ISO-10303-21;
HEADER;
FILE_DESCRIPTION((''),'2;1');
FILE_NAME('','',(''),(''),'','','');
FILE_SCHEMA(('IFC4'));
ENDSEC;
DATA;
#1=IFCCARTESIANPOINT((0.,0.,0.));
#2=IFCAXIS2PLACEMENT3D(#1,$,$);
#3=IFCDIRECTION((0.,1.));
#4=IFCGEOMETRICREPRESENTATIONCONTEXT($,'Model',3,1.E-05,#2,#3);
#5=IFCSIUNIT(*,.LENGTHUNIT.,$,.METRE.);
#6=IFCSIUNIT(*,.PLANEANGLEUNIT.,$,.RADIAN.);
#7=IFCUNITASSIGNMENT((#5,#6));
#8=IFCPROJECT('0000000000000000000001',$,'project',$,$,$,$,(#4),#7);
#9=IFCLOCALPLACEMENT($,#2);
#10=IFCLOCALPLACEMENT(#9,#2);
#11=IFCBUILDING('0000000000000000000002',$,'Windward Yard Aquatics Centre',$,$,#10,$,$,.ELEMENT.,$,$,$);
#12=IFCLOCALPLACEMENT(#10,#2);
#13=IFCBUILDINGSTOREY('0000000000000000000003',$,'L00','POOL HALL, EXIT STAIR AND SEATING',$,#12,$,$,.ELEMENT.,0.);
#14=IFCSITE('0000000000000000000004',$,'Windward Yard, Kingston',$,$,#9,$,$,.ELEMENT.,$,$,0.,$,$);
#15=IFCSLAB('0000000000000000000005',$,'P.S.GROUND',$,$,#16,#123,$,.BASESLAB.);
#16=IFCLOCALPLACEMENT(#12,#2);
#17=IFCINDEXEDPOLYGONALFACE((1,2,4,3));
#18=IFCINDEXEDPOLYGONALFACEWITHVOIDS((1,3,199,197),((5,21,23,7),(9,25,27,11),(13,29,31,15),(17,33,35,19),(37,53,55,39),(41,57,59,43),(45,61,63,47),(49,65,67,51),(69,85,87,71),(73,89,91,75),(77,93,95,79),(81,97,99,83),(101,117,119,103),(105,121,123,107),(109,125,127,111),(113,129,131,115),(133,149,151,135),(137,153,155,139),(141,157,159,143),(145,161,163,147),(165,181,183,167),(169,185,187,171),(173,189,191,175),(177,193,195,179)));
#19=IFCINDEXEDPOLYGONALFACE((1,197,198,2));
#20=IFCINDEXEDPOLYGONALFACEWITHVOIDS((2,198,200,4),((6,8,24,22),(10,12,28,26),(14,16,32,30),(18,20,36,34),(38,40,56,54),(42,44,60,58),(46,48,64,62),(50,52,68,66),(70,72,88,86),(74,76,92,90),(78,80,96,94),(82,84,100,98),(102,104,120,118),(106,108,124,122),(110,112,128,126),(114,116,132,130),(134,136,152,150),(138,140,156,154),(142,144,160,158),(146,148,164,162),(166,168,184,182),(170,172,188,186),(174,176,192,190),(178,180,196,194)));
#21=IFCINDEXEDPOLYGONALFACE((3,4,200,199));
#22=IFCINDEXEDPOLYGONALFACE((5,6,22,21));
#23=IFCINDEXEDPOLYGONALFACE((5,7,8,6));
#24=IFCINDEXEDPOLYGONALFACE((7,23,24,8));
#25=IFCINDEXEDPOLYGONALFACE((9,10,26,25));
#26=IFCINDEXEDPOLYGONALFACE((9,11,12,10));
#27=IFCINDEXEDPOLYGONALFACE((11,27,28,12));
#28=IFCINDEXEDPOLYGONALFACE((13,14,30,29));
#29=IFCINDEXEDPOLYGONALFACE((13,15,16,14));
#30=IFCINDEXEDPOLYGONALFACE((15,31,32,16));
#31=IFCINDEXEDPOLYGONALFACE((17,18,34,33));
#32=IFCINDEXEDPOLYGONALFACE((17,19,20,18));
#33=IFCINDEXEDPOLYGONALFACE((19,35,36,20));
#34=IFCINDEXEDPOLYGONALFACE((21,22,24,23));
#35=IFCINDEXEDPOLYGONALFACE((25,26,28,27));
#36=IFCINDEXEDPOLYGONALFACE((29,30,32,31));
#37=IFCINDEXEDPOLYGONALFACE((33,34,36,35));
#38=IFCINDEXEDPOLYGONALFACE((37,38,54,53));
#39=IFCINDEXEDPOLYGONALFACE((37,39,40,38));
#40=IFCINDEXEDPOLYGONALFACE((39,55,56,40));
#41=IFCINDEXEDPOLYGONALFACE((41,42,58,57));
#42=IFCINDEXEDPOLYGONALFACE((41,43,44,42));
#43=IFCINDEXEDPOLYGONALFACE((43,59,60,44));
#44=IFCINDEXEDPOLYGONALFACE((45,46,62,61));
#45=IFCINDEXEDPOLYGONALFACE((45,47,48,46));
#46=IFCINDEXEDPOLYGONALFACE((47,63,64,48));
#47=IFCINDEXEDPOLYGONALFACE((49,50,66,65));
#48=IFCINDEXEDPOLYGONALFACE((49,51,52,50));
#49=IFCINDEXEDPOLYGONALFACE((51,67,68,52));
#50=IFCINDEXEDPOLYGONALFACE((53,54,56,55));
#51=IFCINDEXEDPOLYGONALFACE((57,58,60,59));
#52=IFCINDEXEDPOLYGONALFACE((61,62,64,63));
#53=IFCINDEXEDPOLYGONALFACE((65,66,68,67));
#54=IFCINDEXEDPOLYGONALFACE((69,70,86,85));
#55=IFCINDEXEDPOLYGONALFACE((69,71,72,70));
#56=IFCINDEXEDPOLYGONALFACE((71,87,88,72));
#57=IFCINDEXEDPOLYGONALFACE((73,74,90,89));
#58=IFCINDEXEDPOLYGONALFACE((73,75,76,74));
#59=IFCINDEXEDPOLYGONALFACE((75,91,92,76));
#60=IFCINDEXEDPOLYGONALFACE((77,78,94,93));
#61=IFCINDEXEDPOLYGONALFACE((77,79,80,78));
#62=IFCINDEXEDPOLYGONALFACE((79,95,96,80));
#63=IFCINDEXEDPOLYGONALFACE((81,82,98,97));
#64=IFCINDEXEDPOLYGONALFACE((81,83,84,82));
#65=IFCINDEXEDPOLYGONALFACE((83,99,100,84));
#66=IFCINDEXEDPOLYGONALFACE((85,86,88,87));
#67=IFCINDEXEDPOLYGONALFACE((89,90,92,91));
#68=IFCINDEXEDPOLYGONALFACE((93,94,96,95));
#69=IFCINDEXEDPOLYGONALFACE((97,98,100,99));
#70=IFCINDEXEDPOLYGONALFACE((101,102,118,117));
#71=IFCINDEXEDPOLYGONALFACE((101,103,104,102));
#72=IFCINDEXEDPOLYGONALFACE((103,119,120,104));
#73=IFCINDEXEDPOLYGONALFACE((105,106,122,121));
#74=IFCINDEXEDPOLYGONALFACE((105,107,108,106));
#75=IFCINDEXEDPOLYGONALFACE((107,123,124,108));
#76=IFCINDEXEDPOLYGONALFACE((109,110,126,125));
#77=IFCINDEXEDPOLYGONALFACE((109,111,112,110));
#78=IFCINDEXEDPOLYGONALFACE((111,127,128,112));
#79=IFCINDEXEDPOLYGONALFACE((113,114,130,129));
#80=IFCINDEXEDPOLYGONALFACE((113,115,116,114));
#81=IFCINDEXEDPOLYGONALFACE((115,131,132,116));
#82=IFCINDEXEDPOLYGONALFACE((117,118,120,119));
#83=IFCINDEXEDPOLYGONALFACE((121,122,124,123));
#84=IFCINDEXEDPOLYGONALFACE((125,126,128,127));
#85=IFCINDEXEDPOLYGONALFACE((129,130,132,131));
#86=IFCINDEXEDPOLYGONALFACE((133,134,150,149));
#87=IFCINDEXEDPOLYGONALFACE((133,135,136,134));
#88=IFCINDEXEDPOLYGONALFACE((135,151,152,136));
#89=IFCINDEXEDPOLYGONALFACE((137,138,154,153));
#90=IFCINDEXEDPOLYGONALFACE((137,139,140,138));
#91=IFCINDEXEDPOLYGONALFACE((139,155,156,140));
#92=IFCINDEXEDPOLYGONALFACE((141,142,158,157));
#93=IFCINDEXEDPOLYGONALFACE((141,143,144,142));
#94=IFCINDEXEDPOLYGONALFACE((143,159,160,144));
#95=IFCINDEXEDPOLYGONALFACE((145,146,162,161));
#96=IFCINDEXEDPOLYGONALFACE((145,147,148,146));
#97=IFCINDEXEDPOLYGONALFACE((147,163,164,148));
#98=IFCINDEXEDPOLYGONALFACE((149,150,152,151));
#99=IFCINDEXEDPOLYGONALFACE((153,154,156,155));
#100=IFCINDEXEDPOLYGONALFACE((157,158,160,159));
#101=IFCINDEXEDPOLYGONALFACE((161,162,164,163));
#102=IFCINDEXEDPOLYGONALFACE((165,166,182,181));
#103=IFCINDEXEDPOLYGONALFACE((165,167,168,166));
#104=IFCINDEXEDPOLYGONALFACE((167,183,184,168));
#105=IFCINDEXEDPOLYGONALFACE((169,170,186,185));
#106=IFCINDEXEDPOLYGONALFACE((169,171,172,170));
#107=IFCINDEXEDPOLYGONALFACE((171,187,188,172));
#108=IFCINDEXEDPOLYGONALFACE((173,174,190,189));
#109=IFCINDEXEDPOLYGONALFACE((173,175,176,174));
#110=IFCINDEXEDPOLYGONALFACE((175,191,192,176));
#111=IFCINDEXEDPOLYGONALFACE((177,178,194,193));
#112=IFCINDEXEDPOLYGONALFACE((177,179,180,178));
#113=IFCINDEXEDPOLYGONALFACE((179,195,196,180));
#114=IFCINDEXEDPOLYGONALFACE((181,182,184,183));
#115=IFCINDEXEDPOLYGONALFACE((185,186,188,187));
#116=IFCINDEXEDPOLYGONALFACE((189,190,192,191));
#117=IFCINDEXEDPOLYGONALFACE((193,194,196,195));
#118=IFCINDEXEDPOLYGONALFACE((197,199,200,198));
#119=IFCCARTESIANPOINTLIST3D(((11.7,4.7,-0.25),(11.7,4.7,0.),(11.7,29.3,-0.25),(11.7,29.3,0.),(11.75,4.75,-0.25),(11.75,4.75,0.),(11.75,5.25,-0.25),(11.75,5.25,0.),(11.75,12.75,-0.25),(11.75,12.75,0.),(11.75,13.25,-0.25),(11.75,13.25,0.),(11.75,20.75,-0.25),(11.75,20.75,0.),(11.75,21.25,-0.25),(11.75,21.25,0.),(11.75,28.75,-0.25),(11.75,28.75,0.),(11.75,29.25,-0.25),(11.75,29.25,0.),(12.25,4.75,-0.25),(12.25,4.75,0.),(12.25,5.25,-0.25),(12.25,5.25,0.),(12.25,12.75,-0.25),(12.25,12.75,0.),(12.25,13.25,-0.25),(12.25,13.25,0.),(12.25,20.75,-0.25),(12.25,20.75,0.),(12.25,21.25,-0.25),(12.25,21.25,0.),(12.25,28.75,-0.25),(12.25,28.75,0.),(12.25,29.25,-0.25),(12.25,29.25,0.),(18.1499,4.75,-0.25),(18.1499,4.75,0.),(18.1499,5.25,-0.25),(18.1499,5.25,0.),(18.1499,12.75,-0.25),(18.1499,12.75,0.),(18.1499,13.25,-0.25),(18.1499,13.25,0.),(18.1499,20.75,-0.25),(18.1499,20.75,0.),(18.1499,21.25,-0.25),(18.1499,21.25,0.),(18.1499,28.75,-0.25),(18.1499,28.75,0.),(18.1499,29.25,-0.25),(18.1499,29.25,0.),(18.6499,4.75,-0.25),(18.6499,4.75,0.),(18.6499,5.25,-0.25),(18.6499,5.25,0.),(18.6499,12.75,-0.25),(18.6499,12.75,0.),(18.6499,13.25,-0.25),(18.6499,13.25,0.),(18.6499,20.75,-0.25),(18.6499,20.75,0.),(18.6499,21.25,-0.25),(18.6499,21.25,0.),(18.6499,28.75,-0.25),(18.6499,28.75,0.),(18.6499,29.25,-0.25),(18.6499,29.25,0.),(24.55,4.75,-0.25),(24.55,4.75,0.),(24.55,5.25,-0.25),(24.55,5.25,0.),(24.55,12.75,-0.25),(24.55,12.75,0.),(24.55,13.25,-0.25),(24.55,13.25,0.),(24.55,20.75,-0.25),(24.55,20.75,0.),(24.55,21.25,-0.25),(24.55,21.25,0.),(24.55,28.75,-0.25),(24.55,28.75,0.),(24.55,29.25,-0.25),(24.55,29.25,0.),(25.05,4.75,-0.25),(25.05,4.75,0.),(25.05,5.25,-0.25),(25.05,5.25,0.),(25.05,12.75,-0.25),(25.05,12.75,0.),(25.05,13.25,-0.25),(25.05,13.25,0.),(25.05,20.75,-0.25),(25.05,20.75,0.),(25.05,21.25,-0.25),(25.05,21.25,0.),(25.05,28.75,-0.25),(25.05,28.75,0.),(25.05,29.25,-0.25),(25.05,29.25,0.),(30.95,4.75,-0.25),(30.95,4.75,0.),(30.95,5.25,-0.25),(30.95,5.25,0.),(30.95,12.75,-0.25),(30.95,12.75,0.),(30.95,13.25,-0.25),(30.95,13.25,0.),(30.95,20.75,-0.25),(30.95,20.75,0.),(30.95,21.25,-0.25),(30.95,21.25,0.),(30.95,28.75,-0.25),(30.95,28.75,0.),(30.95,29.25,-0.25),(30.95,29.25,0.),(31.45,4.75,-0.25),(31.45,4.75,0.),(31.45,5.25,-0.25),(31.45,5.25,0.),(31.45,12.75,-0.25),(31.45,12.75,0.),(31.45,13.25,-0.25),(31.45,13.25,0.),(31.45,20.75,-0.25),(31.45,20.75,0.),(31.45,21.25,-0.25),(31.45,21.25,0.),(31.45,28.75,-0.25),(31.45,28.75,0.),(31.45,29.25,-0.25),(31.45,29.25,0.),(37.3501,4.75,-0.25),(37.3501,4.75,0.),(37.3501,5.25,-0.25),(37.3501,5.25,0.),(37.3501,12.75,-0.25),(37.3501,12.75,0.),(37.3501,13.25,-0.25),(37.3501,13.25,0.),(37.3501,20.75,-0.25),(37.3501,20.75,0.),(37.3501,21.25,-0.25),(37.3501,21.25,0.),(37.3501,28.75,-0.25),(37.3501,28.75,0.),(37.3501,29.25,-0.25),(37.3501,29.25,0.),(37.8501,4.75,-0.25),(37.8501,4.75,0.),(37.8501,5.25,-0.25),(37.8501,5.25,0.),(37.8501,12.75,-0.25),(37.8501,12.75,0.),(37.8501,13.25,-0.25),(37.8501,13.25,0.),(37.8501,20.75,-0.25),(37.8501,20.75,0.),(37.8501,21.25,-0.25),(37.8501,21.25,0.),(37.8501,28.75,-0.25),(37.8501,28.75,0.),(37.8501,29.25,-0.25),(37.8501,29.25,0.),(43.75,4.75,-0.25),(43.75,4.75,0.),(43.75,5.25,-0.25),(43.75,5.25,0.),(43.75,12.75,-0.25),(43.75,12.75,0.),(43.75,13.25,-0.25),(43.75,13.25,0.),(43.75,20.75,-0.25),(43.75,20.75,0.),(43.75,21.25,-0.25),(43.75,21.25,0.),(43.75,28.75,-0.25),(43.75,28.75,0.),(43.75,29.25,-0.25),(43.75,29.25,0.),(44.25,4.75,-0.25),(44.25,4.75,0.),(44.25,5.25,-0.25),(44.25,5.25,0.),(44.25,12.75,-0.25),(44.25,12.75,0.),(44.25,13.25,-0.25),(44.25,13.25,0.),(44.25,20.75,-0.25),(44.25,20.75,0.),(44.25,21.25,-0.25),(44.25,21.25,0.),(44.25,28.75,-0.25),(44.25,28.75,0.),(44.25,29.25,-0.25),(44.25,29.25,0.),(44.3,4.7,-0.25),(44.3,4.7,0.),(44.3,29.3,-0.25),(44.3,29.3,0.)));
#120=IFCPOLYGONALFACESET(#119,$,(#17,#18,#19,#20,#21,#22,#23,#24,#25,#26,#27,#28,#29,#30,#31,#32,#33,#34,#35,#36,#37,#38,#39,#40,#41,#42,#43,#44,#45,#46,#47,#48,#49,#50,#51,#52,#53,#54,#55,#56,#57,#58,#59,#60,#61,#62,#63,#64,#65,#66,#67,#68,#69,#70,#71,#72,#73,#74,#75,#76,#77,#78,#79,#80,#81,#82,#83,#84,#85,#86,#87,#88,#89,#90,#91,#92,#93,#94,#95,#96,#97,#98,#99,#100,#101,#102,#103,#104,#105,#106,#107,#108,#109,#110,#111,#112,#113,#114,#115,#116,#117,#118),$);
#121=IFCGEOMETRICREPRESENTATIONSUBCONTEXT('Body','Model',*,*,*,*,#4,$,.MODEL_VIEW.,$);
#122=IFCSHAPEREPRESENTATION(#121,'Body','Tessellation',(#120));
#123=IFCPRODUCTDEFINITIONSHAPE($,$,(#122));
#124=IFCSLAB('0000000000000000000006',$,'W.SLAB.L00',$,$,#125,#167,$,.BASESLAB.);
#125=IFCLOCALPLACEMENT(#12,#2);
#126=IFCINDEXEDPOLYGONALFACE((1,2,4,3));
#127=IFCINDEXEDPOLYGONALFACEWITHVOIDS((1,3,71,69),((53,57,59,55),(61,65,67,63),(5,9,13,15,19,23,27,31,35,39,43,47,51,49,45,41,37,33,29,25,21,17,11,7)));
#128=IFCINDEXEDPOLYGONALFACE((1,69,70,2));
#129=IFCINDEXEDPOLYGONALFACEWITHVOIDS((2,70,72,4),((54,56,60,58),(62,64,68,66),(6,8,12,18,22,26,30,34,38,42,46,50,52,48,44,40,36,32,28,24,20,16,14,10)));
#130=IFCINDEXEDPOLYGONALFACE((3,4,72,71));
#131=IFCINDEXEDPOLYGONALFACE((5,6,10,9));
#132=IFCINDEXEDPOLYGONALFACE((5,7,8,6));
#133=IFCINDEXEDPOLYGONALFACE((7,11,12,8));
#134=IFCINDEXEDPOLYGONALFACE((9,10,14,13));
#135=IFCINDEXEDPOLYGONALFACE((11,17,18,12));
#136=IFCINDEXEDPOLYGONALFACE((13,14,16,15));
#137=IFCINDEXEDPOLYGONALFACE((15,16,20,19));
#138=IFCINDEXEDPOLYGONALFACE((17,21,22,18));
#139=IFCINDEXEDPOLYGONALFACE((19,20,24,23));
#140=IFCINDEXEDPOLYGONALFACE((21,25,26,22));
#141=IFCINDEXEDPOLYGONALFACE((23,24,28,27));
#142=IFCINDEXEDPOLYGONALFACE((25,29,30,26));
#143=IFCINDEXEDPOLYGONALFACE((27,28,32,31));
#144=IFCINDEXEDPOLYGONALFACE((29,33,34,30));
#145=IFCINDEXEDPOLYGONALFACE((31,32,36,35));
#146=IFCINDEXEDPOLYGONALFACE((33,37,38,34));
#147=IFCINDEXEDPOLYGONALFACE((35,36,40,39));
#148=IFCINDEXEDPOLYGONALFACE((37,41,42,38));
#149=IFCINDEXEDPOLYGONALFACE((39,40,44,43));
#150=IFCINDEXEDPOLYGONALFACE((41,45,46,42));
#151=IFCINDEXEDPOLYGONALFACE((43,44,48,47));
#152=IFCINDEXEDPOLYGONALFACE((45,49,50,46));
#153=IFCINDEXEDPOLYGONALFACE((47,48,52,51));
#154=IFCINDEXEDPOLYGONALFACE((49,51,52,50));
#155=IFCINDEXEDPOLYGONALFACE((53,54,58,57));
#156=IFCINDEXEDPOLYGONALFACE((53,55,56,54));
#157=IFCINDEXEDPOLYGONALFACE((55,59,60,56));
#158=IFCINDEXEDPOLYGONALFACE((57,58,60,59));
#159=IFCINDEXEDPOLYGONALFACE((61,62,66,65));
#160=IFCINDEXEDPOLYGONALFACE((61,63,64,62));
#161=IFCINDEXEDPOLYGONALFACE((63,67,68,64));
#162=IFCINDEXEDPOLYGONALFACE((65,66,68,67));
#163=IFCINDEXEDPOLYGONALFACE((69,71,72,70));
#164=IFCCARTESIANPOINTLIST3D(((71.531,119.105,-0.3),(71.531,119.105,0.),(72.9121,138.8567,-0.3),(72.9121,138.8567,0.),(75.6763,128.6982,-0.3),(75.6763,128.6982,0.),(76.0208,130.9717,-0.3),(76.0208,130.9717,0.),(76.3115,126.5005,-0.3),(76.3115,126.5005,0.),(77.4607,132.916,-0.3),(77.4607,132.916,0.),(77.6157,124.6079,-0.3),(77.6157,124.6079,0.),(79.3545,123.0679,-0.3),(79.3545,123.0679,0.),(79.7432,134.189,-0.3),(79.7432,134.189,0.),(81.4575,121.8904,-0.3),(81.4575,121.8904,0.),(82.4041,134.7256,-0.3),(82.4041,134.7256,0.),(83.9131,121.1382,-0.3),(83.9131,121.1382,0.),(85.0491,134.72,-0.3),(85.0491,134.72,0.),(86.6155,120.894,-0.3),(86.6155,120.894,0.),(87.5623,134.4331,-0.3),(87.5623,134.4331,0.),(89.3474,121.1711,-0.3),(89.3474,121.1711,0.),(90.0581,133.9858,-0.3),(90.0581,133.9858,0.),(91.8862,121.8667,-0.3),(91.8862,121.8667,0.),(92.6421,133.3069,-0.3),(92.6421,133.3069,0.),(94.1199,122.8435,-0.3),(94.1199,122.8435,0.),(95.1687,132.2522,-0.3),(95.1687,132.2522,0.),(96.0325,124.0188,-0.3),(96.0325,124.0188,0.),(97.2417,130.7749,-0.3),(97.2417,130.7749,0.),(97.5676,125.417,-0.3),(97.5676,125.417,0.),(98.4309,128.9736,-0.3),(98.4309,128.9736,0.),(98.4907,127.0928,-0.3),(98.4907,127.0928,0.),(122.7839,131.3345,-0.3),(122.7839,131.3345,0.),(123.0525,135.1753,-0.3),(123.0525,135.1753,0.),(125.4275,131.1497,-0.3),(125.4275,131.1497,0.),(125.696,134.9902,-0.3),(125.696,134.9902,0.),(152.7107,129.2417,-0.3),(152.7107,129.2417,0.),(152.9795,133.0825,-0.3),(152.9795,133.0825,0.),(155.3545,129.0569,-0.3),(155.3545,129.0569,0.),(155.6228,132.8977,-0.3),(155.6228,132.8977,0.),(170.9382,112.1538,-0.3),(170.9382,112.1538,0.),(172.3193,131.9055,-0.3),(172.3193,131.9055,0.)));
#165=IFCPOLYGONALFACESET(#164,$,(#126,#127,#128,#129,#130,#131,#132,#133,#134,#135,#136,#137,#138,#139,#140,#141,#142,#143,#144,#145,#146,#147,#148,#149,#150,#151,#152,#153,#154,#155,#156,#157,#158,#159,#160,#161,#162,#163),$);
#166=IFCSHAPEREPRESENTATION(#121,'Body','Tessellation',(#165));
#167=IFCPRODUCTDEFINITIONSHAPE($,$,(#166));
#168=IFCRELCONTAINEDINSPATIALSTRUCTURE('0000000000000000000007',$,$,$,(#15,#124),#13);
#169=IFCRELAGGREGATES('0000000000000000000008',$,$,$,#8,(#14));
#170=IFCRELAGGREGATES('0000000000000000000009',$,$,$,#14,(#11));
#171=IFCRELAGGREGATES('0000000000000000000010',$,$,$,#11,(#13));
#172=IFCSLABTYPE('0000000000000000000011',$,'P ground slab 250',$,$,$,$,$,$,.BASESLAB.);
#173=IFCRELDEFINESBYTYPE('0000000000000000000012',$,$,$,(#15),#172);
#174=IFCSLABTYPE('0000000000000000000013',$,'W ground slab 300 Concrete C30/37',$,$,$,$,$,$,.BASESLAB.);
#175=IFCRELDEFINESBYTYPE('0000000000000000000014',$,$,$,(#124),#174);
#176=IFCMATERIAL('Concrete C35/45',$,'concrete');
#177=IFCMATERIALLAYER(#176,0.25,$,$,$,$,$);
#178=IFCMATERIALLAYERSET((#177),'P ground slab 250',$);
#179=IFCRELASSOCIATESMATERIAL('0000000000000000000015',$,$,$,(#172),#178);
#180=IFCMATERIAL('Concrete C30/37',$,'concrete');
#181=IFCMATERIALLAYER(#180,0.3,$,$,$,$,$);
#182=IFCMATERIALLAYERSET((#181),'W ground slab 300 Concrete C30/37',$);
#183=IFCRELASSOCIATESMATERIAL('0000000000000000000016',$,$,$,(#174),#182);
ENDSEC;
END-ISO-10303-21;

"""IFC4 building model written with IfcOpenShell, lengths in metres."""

from ifc_helpers import new_model, si_unit, direction, frame, origin, place, context, subcontext, project, spatial, polyline, outline, extrude, material, layer, layer_set, type_object, element, save


model = new_model("IFC4")

# Units and contexts
model_context = context("Model", 3, precision=1e-05, world=origin(), true_north=direction((0.0, 1.0)))
body_context = subcontext(model_context, "Body", "Model", "MODEL_VIEW")
ifc_project = project(units=[si_unit("LENGTHUNIT", "METRE"), si_unit("PLANEANGLEUNIT", "RADIAN")], contexts=[model_context])

# Site, building, storey
site_placement = place(None, origin())
site = spatial("IfcSite", under=ifc_project, at=site_placement, Name="Windward Yard, Kingston", CompositionType="ELEMENT", RefElevation=0.0)
building_placement = place(site_placement, origin())
building = spatial("IfcBuilding", under=site, at=building_placement, Name="Windward Yard Aquatics Centre", CompositionType="ELEMENT")
storey_placement = place(building_placement, origin())
storey = spatial("IfcBuildingStorey", under=building, at=storey_placement, Name="L00", Description="POOL HALL, EXIT STAIR AND SEATING", CompositionType="ELEMENT", Elevation=0.0)

# Slabs
ifc_material_1 = material(Name="Concrete C35/45", Category="concrete")
ifc_layer_1 = layer(ifc_material_1, 0.25)
ifc_layer_set_1 = layer_set([ifc_layer_1], Name="P ground slab 250")
slab_type_1 = type_object("IfcSlabType", Name="P ground slab 250", PredefinedType="BASESLAB", material=ifc_layer_set_1)
slab_1_placement = place(storey_placement, frame((0.0, 0.0, -0.25)))
element("IfcSlab", 1, at=slab_1_placement, inside=storey, type_object=slab_type_1, Name="P.S.GROUND", PredefinedType="BASESLAB", context=body_context, shape_type="SweptSolid", body=[
    extrude(outline(polyline([(11.7, 4.7), (44.3, 4.7), (44.3, 29.3), (11.7, 29.3), (11.7, 4.7)]), holes=[polyline([(11.75, 4.75), (11.75, 5.25), (12.25, 5.25), (12.25, 4.75), (11.75, 4.75)]), polyline([(18.1499, 4.75), (18.1499, 5.25), (18.6499, 5.25), (18.6499, 4.75), (18.1499, 4.75)]), polyline([(24.55, 4.75), (24.55, 5.25), (25.05, 5.25), (25.05, 4.75), (24.55, 4.75)]), polyline([(11.75, 12.75), (11.75, 13.25), (12.25, 13.25), (12.25, 12.75), (11.75, 12.75)]), polyline([(18.1499, 12.75), (18.1499, 13.25), (18.6499, 13.25), (18.6499, 12.75), (18.1499, 12.75)]), polyline([(24.55, 12.75), (24.55, 13.25), (25.05, 13.25), (25.05, 12.75), (24.55, 12.75)]), polyline([(11.75, 20.75), (11.75, 21.25), (12.25, 21.25), (12.25, 20.75), (11.75, 20.75)]), polyline([(18.1499, 20.75), (18.1499, 21.25), (18.6499, 21.25), (18.6499, 20.75), (18.1499, 20.75)]), polyline([(24.55, 20.75), (24.55, 21.25), (25.05, 21.25), (25.05, 20.75), (24.55, 20.75)]), polyline([(11.75, 28.75), (11.75, 29.25), (12.25, 29.25), (12.25, 28.75), (11.75, 28.75)]), polyline([(18.1499, 28.75), (18.1499, 29.25), (18.6499, 29.25), (18.6499, 28.75), (18.1499, 28.75)]), polyline([(24.55, 28.75), (24.55, 29.25), (25.05, 29.25), (25.05, 28.75), (24.55, 28.75)]), polyline([(30.95, 4.75), (30.95, 5.25), (31.45, 5.25), (31.45, 4.75), (30.95, 4.75)]), polyline([(37.3501, 4.75), (37.3501, 5.25), (37.8501, 5.25), (37.8501, 4.75), (37.3501, 4.75)]), polyline([(43.75, 4.75), (43.75, 5.25), (44.25, 5.25), (44.25, 4.75), (43.75, 4.75)]), polyline([(30.95, 12.75), (30.95, 13.25), (31.45, 13.25), (31.45, 12.75), (30.95, 12.75)]), polyline([(37.3501, 12.75), (37.3501, 13.25), (37.8501, 13.25), (37.8501, 12.75), (37.3501, 12.75)]), polyline([(43.75, 12.75), (43.75, 13.25), (44.25, 13.25), (44.25, 12.75), (43.75, 12.75)]), polyline([(30.95, 20.75), (30.95, 21.25), (31.45, 21.25), (31.45, 20.75), (30.95, 20.75)]), polyline([(37.3501, 20.75), (37.3501, 21.25), (37.8501, 21.25), (37.8501, 20.75), (37.3501, 20.75)]), polyline([(43.75, 20.75), (43.75, 21.25), (44.25, 21.25), (44.25, 20.75), (43.75, 20.75)]), polyline([(30.95, 28.75), (30.95, 29.25), (31.45, 29.25), (31.45, 28.75), (30.95, 28.75)]), polyline([(37.3501, 28.75), (37.3501, 29.25), (37.8501, 29.25), (37.8501, 28.75), (37.3501, 28.75)]), polyline([(43.75, 28.75), (43.75, 29.25), (44.25, 29.25), (44.25, 28.75), (43.75, 28.75)])]), origin(), (0.0, 0.0, 1.0), 0.25),
])
ifc_material_2 = material(Name="Concrete C30/37", Category="concrete")
ifc_layer_2 = layer(ifc_material_2, 0.3)
ifc_layer_set_2 = layer_set([ifc_layer_2], Name="W ground slab 300 Concrete C30/37")
slab_type_2 = type_object("IfcSlabType", Name="W ground slab 300 Concrete C30/37", PredefinedType="BASESLAB", material=ifc_layer_set_2)
slab_2_placement = place(storey_placement, frame((0.0, 0.0, -0.3)))
element("IfcSlab", 2, at=slab_2_placement, inside=storey, type_object=slab_type_2, Name="W.SLAB.L00", PredefinedType="BASESLAB", context=body_context, shape_type="SweptSolid", body=[
    extrude(outline(polyline([(71.531, 119.105), (170.9382, 112.1538), (172.3193, 131.9055), (72.9121, 138.8567), (71.531, 119.105)]), holes=[polyline([(75.6763, 128.6982), (76.0208, 130.9717), (77.4607, 132.916), (79.7432, 134.189), (82.4041, 134.7256), (85.0491, 134.72), (87.5623, 134.4331), (90.0581, 133.9858), (92.6421, 133.3069), (95.1687, 132.2522), (97.2417, 130.7749), (98.4309, 128.9736), (98.4907, 127.0928), (97.5676, 125.417), (96.0325, 124.0188), (94.1199, 122.8435), (91.8862, 121.8667), (89.3474, 121.1711), (86.6155, 120.894), (83.9131, 121.1382), (81.4575, 121.8904), (79.3545, 123.0679), (77.6157, 124.6079), (76.3115, 126.5005), (75.6763, 128.6982)]), polyline([(122.7839, 131.3345), (125.4275, 131.1497), (125.696, 134.9902), (123.0525, 135.1753), (122.7839, 131.3345)]), polyline([(152.7107, 129.2417), (155.3545, 129.0569), (155.6228, 132.8977), (152.9795, 133.0825), (152.7107, 129.2417)])]), origin(), (0.0, 0.0, 1.0), 0.3),
])

save(model, "model.ifc")
